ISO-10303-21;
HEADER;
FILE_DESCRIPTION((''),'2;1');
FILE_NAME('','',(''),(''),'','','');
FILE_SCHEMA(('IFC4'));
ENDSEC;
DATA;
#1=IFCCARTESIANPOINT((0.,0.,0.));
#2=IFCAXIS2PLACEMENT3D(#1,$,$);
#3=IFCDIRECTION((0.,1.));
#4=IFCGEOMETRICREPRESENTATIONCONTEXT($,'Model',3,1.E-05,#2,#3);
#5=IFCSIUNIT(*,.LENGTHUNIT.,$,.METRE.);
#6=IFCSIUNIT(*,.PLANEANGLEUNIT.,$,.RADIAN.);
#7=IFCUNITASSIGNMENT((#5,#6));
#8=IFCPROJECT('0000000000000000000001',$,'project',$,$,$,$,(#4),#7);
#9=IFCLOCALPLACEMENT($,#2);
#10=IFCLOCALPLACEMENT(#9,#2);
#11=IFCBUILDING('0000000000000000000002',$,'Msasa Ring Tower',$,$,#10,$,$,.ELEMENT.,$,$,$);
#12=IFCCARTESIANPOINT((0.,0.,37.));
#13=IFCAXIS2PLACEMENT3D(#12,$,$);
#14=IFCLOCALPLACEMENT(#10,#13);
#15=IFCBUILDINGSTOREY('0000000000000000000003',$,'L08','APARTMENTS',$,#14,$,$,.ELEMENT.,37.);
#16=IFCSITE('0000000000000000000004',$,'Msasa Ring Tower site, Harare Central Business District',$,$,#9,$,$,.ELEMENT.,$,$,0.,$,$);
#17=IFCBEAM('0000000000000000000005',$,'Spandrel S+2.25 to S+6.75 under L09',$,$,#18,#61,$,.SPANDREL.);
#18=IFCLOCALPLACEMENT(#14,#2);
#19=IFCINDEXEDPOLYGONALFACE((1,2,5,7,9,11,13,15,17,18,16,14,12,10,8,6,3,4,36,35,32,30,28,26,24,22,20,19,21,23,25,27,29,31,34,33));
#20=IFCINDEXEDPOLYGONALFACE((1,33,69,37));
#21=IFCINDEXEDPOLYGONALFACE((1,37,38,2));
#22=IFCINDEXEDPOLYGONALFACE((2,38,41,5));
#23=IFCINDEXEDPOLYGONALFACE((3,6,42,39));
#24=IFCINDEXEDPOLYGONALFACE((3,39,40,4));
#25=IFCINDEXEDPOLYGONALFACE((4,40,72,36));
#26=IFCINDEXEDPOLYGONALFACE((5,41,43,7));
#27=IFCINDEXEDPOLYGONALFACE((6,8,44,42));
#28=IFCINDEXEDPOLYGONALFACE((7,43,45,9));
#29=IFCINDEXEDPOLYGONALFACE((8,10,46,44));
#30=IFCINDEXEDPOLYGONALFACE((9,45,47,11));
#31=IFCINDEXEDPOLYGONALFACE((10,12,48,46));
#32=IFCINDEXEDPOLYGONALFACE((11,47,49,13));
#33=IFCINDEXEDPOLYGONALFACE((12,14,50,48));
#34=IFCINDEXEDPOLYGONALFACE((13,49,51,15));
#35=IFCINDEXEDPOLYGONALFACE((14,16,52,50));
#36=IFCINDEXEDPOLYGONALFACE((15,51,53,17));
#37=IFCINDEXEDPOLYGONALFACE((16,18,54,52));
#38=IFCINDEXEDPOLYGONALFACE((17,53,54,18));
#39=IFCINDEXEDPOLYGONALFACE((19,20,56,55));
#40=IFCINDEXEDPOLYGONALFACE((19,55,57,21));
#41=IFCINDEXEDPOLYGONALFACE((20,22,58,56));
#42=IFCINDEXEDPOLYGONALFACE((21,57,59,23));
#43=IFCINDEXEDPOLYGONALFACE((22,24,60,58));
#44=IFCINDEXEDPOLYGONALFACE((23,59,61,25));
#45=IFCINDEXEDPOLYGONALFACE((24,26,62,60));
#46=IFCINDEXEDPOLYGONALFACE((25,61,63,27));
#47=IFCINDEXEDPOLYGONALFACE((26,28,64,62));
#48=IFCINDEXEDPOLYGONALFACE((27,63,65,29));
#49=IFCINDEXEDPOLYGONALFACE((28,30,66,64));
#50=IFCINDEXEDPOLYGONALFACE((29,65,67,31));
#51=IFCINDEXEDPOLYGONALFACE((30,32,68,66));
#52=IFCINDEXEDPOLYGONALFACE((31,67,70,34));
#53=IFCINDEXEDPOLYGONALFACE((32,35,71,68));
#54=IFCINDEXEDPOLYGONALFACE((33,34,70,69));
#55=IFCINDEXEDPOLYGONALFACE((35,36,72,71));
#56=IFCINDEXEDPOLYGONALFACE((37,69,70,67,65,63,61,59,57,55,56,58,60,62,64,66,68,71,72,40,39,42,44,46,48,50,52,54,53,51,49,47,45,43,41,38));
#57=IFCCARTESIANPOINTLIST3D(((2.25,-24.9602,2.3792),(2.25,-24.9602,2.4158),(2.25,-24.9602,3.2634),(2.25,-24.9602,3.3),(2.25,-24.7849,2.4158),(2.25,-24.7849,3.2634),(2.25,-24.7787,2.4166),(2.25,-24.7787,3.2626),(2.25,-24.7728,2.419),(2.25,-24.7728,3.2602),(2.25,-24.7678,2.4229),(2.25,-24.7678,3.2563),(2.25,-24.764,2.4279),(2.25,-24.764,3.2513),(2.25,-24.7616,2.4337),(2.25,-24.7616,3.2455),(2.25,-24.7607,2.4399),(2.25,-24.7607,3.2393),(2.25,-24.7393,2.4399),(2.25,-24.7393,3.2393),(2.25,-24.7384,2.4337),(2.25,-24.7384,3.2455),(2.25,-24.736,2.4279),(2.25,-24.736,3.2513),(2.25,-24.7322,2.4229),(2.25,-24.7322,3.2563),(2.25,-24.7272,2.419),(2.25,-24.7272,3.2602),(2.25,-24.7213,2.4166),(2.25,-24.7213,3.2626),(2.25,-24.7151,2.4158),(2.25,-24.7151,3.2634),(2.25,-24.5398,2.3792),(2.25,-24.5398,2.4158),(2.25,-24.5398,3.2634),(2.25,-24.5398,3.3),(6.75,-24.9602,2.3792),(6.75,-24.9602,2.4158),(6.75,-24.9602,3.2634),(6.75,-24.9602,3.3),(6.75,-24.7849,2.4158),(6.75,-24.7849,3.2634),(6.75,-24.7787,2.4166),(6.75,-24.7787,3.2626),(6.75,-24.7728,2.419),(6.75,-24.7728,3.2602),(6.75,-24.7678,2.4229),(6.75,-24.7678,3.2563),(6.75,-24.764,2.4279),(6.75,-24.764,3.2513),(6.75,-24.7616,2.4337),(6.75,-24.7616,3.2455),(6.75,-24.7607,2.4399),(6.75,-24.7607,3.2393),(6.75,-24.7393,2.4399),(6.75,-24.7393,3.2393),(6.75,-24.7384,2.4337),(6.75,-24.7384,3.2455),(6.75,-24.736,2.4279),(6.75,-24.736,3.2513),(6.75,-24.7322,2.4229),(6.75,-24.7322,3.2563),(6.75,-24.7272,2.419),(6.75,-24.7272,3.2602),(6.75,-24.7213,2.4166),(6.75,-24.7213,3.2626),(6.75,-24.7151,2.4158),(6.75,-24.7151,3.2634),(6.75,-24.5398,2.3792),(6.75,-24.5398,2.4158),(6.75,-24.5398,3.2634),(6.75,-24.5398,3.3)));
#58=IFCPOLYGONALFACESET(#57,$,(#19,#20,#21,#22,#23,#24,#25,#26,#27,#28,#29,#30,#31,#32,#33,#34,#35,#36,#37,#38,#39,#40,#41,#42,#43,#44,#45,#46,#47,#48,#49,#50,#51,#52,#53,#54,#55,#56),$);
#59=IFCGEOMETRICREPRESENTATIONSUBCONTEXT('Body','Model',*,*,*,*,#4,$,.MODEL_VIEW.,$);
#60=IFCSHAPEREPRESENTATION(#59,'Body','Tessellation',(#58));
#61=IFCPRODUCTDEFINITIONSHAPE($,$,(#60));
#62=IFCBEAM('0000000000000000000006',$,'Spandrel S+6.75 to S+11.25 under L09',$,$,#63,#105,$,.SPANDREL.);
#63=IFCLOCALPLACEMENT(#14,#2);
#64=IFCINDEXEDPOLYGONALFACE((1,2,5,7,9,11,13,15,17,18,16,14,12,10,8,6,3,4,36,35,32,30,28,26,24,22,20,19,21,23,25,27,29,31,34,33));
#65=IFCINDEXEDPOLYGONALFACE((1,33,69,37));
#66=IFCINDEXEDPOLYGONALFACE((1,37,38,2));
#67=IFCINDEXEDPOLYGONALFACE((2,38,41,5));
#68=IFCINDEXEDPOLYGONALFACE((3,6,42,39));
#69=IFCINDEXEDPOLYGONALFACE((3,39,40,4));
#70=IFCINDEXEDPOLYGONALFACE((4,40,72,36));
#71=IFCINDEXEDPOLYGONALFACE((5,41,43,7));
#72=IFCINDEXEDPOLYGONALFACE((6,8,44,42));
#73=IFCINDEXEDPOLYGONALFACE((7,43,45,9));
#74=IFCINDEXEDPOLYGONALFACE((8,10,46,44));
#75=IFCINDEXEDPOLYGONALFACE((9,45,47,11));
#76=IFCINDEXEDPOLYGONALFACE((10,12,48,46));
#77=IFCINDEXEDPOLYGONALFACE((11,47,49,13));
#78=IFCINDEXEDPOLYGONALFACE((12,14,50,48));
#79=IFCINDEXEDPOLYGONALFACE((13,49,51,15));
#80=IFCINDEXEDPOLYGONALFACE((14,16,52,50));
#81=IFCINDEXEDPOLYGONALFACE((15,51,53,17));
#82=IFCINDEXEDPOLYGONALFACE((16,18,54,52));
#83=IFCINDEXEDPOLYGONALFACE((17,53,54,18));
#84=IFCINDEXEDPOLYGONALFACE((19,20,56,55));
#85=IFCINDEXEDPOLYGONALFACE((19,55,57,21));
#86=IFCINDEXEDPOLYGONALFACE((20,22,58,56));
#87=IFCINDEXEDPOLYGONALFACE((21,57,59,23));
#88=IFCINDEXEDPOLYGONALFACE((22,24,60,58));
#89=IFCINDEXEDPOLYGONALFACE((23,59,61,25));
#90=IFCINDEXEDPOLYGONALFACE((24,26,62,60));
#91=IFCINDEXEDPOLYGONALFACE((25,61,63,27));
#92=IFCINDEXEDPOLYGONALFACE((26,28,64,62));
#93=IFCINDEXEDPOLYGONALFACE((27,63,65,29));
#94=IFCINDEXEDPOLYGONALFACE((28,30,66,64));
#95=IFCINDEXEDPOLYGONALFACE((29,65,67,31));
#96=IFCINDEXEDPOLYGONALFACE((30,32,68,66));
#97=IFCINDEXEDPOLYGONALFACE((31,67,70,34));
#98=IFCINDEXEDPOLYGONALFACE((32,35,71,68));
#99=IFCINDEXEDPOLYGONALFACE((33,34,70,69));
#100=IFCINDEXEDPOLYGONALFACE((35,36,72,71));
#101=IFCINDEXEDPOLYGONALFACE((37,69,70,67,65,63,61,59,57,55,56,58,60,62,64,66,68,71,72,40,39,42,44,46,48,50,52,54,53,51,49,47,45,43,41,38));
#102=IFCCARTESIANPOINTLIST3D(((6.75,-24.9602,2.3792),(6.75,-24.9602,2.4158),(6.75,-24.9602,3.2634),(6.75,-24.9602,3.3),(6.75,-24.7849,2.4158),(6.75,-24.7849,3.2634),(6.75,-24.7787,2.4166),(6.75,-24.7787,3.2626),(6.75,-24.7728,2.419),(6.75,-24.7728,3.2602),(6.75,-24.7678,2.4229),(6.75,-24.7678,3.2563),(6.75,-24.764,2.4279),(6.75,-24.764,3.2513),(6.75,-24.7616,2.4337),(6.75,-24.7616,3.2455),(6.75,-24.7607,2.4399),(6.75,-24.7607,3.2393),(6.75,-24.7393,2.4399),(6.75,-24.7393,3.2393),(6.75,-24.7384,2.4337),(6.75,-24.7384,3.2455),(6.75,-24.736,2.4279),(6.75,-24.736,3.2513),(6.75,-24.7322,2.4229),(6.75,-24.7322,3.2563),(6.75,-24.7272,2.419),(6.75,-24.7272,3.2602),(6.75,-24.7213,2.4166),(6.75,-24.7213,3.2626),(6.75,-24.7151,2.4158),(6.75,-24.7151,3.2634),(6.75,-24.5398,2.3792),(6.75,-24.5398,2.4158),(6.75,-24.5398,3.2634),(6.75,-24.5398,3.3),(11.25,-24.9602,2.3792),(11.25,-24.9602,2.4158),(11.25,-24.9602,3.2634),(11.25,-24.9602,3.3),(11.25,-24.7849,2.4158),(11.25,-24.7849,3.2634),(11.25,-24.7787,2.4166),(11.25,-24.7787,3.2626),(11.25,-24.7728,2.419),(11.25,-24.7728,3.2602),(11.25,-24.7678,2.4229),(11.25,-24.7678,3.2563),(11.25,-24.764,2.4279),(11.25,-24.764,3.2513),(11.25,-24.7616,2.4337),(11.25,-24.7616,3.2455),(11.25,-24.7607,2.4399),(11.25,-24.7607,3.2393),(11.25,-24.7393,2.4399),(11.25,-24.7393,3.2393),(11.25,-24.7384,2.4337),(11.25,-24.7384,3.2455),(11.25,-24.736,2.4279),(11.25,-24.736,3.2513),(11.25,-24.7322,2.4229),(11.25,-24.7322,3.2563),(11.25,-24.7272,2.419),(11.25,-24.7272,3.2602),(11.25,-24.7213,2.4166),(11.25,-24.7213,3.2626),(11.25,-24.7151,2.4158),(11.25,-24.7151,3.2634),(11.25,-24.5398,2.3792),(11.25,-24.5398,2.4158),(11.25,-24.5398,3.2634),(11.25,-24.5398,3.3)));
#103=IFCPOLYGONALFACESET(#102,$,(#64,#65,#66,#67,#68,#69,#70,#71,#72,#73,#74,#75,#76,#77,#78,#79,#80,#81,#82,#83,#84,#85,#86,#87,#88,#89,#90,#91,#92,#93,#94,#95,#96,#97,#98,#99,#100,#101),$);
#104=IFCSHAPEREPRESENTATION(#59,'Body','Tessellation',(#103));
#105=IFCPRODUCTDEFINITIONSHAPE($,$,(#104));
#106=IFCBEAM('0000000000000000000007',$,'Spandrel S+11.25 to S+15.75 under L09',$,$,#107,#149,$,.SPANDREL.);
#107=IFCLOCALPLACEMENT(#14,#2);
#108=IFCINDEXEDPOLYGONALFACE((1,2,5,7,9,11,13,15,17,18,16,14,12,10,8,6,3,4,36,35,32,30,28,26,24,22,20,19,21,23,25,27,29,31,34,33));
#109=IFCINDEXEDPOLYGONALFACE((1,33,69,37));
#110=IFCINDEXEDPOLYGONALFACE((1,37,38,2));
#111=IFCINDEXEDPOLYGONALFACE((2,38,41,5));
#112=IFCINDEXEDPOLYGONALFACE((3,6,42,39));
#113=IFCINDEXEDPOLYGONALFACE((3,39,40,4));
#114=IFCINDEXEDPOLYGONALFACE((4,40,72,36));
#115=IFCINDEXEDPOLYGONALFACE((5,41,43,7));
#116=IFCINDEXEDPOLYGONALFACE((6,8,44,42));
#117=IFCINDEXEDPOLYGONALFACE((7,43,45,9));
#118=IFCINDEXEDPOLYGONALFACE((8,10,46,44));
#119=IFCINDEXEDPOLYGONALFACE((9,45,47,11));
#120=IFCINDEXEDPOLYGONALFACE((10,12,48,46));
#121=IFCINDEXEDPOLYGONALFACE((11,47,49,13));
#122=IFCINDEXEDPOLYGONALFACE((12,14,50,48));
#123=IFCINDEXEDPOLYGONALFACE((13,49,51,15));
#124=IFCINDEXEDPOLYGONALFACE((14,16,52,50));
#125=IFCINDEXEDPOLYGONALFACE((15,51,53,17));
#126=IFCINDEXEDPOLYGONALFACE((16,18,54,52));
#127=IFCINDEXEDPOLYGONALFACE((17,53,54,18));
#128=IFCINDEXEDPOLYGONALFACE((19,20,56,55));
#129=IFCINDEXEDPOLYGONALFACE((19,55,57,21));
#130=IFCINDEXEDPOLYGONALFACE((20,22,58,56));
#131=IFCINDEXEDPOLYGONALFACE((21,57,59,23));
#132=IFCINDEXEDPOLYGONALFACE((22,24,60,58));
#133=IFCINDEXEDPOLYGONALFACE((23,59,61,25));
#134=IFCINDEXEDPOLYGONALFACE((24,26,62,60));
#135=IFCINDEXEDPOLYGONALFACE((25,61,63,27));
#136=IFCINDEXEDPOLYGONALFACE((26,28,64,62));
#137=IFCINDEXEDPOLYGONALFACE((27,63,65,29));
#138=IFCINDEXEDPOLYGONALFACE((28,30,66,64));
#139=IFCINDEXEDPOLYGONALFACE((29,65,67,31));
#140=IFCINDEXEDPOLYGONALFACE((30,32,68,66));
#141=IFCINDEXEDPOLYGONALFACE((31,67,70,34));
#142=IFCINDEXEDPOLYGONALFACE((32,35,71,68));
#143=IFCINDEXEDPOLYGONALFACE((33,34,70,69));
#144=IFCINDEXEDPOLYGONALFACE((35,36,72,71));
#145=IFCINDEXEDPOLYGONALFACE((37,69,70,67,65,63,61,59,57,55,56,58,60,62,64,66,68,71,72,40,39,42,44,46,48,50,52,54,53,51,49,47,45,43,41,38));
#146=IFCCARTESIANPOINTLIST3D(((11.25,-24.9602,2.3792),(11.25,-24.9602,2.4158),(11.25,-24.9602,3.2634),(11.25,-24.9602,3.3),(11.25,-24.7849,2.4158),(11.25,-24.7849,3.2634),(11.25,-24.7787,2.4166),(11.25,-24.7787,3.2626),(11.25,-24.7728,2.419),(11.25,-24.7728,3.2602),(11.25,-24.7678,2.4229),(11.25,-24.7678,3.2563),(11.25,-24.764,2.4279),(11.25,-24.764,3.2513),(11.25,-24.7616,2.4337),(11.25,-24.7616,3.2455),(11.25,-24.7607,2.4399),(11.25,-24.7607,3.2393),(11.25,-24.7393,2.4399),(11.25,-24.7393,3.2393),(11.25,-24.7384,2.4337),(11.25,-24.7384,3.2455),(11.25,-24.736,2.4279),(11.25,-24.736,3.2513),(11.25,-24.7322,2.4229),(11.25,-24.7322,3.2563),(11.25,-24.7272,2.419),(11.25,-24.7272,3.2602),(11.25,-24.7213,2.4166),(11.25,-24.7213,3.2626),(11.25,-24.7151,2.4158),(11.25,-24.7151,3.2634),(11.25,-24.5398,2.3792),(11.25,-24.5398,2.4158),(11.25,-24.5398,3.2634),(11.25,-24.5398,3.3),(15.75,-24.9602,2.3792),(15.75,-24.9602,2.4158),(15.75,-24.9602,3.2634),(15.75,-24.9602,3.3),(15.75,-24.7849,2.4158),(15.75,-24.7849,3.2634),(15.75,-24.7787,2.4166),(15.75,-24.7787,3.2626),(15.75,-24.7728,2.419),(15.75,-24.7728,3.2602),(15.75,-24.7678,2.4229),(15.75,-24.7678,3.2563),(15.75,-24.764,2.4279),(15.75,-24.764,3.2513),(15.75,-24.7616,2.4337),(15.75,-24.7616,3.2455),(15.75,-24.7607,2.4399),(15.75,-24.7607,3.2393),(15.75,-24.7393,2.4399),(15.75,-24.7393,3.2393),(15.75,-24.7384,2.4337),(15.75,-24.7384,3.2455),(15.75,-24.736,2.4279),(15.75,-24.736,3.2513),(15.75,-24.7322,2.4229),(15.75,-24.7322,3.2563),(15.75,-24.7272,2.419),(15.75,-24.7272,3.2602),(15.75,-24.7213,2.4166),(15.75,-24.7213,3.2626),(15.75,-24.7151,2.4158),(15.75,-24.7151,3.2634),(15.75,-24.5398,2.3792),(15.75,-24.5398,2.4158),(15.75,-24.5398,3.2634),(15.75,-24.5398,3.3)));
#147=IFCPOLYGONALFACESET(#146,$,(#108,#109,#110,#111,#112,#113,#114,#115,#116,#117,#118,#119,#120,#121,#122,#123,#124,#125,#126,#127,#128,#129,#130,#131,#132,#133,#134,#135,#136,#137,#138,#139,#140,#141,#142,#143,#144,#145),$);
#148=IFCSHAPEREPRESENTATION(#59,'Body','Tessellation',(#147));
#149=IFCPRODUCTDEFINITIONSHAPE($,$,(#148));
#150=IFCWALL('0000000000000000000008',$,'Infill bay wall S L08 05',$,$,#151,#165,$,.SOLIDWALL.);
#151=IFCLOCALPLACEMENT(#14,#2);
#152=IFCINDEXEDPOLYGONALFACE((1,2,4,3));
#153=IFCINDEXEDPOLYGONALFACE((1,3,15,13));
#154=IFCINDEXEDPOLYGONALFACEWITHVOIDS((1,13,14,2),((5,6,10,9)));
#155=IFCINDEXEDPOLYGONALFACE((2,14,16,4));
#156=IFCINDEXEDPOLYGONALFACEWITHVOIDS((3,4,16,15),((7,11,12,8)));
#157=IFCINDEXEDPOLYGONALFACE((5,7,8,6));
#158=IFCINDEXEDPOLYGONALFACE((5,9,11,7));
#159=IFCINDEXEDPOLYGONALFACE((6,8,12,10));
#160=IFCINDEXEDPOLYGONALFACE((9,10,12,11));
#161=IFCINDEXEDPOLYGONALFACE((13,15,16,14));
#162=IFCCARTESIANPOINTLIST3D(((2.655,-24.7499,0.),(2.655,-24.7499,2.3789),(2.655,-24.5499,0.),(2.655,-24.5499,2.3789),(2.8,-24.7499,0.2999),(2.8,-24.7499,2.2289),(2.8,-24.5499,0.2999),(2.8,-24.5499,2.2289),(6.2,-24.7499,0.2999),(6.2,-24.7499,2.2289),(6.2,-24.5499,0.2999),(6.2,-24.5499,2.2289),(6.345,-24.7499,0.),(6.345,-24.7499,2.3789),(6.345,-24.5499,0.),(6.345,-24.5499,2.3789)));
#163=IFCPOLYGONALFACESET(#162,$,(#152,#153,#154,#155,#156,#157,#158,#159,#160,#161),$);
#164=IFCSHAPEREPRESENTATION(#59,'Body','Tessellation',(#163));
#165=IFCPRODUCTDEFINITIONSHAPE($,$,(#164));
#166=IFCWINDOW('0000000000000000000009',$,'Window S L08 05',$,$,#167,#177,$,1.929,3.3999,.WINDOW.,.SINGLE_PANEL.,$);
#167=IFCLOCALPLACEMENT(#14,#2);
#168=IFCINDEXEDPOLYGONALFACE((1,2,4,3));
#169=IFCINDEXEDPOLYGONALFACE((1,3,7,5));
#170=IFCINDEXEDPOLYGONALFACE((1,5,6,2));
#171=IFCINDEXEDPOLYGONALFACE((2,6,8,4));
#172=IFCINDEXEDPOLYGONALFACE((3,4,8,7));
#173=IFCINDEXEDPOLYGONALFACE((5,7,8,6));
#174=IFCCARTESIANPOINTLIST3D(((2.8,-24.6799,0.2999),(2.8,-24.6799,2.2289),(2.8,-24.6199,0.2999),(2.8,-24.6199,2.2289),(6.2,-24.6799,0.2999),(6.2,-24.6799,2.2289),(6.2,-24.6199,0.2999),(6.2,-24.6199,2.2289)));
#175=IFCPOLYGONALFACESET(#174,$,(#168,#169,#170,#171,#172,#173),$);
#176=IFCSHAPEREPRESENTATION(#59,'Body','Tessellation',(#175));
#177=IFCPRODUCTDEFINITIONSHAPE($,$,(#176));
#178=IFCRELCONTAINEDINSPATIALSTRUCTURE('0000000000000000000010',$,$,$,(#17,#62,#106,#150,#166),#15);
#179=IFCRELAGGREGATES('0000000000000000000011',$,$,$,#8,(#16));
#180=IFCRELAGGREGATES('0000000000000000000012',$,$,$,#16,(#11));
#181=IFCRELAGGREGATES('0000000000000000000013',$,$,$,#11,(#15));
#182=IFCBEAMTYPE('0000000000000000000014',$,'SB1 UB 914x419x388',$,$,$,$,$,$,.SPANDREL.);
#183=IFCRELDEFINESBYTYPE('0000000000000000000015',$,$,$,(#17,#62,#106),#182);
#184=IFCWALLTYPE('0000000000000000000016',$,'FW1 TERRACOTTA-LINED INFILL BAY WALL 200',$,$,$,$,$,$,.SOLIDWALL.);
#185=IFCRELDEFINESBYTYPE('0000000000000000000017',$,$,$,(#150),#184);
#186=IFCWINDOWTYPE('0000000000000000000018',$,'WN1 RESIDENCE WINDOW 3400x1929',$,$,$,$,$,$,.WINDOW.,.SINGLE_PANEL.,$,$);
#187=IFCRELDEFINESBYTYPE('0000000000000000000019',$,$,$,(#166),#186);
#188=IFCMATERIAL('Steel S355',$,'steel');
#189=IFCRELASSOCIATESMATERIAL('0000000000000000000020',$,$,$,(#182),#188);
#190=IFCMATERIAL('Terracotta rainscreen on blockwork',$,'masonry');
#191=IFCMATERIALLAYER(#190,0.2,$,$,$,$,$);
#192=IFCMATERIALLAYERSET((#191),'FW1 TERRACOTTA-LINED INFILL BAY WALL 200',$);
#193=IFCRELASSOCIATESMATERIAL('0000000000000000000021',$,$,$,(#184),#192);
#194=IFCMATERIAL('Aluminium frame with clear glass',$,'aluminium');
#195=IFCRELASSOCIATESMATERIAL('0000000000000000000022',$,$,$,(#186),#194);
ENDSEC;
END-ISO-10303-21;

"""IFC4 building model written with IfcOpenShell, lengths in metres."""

from ifc_helpers import new_model, si_unit, direction, frame, frame_2d, origin, origin_2d, place, context, subcontext, project, spatial, rectangle, i_section, extrude, material, layer, layer_set, material_profile, profile_set, type_object, element, fill, save


model = new_model("IFC4")

# Units and contexts
model_context = context("Model", 3, precision=1e-05, world=origin(), true_north=direction((0.0, 1.0)))
body_context = subcontext(model_context, "Body", "Model", "MODEL_VIEW")
ifc_project = project(units=[si_unit("LENGTHUNIT", "METRE"), si_unit("PLANEANGLEUNIT", "RADIAN")], contexts=[model_context])

# Site, building, storey
site_placement = place(None, origin())
site = spatial("IfcSite", under=ifc_project, at=site_placement, Name="Msasa Ring Tower site, Harare Central Business District", CompositionType="ELEMENT", RefElevation=0.0)
building_placement = place(site_placement, origin())
building = spatial("IfcBuilding", under=site, at=building_placement, Name="Msasa Ring Tower", CompositionType="ELEMENT")
storey_placement = place(building_placement, frame((0.0, 0.0, 37.0)))
storey = spatial("IfcBuildingStorey", under=building, at=storey_placement, Name="L08", Description="APARTMENTS", CompositionType="ELEMENT", Elevation=37.0)

# Beams
ifc_material_1 = material(Name="Steel S355", Category="steel")
ifc_material_profile_1 = material_profile(ifc_material_1, i_section(OverallWidth=0.4204, OverallDepth=0.9209, WebThickness=0.0215, FlangeThickness=0.0366, FilletRadius=0.0242, at=origin_2d()), Name="UB 914x419x388")
ifc_profile_set_1 = profile_set([ifc_material_profile_1], Name="Steel S355")
beam_type_1 = type_object("IfcBeamType", Name="SB1 UB 914x419x388", PredefinedType="SPANDREL", material=ifc_profile_set_1)
for number, where, z_axis, x_axis, name in (
    (1, (2.25, -24.75, 2.8396), (1.0, 0.0, 0.0), (0.0, 1.0, 0.0), "Spandrel S+2.25 to S+6.75 under L09"),
    (2, (6.75, -24.75, 2.8396), (1.0, 0.0, 0.0), (0.0, 1.0, 0.0), "Spandrel S+6.75 to S+11.25 under L09"),
    (3, (11.25, -24.75, 2.8396), (1.0, 0.0, 0.0), (0.0, 1.0, 0.0), "Spandrel S+11.25 to S+15.75 under L09"),
):
    element("IfcBeam", number, at=place(storey_placement, frame(where, z_axis=z_axis, x_axis=x_axis)), inside=storey, type_object=beam_type_1, Name=name, PredefinedType="SPANDREL", context=body_context, shape_type="SweptSolid", body=[
        extrude(i_section(OverallWidth=0.4204, OverallDepth=0.9209, WebThickness=0.0215, FlangeThickness=0.0366, FilletRadius=0.0242, at=origin_2d()), origin(), (0.0, 0.0, 1.0), 4.5),
    ])

# Wall, opening, window
ifc_material_2 = material(Name="Terracotta rainscreen on blockwork", Category="masonry")
ifc_layer_1 = layer(ifc_material_2, 0.2)
ifc_layer_set_1 = layer_set([ifc_layer_1], Name="FW1 TERRACOTTA-LINED INFILL BAY WALL 200")
wall_type_1 = type_object("IfcWallType", Name="FW1 TERRACOTTA-LINED INFILL BAY WALL 200", PredefinedType="SOLIDWALL", material=ifc_layer_set_1)
wall_1_placement = place(storey_placement, frame((2.655, -24.6499, 0.0), z_axis=(0.0, 0.0, 1.0), x_axis=(1.0, 0.0, 0.0)))
wall_1 = element("IfcWall", 4, at=wall_1_placement, inside=storey, type_object=wall_type_1, Name="Infill bay wall S L08 05", PredefinedType="SOLIDWALL", context=body_context, shape_type="SweptSolid", body=[
    extrude(rectangle(XDim=3.6899, YDim=0.2, at=frame_2d((1.845, 0.0))), origin(), (0.0, 0.0, 1.0), 2.3789),
])
opening_1_placement = place(wall_1_placement, frame((0.145, 0.0, 0.3)))
opening_1 = element("IfcOpeningElement", 5, at=opening_1_placement, cuts=wall_1, PredefinedType="OPENING", context=body_context, shape_type="SweptSolid", body=[
    extrude(rectangle(XDim=3.3999, YDim=1.929, at=frame_2d((1.7, 0.9644))), frame((0.0, 0.1099, 0.0), z_axis=(0.0, -1.0, 0.0), x_axis=(1.0, 0.0, 0.0)), (0.0, 0.0, 1.0), 0.22),
])
ifc_material_3 = material(Name="Aluminium frame with clear glass", Category="aluminium")
window_type = type_object("IfcWindowType", Name="WN1 RESIDENCE WINDOW 3400x1929", PartitioningType="SINGLE_PANEL", PredefinedType="WINDOW", material=ifc_material_3)
window_1_placement = place(opening_1_placement, origin())
window_1 = element("IfcWindow", 6, at=window_1_placement, inside=storey, type_object=window_type, Name="Window S L08 05", OverallHeight=1.929, OverallWidth=3.3999, PartitioningType="SINGLE_PANEL", PredefinedType="WINDOW", context=body_context, shape_type="SweptSolid", body=[
    extrude(rectangle(XDim=3.3999, YDim=1.929, at=frame_2d((1.7, 0.9644))), frame((0.0, 0.03, 0.0), z_axis=(0.0, -1.0, 0.0), x_axis=(1.0, 0.0, 0.0)), (0.0, 0.0, 1.0), 0.0601),
])
fill(opening_1, window_1)

save(model, "model.ifc")
